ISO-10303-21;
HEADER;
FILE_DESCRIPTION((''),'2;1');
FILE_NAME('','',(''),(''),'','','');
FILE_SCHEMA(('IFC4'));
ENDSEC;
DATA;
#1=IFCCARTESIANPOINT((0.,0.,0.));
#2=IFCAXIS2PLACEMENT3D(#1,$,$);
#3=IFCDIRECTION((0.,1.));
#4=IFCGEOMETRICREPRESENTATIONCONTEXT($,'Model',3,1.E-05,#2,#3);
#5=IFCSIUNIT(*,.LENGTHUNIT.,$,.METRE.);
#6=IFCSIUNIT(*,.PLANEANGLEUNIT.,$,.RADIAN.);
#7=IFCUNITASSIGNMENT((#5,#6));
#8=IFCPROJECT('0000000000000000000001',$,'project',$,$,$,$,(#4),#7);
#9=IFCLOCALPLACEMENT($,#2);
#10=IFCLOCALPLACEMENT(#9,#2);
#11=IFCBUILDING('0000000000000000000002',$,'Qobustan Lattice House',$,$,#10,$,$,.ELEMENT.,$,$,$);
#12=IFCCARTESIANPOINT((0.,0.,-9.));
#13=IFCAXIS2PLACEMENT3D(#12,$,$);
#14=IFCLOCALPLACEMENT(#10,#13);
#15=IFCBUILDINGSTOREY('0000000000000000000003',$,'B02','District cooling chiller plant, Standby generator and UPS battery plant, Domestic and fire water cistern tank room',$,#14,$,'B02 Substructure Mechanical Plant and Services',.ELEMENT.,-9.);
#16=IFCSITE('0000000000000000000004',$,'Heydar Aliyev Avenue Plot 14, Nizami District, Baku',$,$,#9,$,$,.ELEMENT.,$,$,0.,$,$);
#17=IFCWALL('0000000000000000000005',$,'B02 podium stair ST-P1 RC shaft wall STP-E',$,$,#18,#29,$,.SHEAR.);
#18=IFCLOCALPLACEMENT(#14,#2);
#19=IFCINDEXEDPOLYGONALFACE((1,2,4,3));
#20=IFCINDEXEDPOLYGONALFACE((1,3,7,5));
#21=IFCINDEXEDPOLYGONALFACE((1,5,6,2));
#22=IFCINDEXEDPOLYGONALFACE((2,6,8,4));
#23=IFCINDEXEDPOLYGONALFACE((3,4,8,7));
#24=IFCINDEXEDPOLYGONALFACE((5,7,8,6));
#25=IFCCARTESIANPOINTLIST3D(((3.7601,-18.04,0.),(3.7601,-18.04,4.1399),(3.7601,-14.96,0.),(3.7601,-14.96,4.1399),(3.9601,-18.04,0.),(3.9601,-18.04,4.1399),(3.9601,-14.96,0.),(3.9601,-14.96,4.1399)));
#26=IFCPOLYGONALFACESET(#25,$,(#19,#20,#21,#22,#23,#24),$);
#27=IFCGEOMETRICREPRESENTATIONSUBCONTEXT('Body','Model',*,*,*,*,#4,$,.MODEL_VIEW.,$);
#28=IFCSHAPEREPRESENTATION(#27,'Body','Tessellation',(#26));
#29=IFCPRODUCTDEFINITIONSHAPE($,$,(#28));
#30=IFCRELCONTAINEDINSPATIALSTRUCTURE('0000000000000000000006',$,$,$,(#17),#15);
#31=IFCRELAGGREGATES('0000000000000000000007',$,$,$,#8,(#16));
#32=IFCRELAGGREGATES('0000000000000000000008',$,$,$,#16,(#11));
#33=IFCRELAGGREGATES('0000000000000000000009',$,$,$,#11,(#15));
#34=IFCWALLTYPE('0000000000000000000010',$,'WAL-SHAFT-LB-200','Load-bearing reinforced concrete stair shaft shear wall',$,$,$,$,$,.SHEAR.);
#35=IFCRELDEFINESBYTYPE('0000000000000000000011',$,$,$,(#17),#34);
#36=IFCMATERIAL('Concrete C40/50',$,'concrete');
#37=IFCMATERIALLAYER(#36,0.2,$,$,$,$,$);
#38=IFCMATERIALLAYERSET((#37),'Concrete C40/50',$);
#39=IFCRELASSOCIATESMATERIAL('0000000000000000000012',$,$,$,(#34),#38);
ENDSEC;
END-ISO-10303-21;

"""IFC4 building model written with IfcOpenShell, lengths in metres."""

from ifc_helpers import new_model, si_unit, direction, frame, frame_2d, origin, place, context, subcontext, project, spatial, rectangle, extrude, material, layer, layer_set, type_object, element, save


model = new_model("IFC4")

# Units and contexts
model_context = context("Model", 3, precision=1e-05, world=origin(), true_north=direction((0.0, 1.0)))
body_context = subcontext(model_context, "Body", "Model", "MODEL_VIEW")
ifc_project = project(units=[si_unit("LENGTHUNIT", "METRE"), si_unit("PLANEANGLEUNIT", "RADIAN")], contexts=[model_context])

# Site, building, storey
site_placement = place(None, origin())
site = spatial("IfcSite", under=ifc_project, at=site_placement, Name="Heydar Aliyev Avenue Plot 14, Nizami District, Baku", CompositionType="ELEMENT", RefElevation=0.0)
building_placement = place(site_placement, origin())
building = spatial("IfcBuilding", under=site, at=building_placement, Name="Qobustan Lattice House", CompositionType="ELEMENT")
storey_placement = place(building_placement, frame((0.0, 0.0, -9.0)))
storey = spatial("IfcBuildingStorey", under=building, at=storey_placement, Name="B02", Description="District cooling chiller plant, Standby generator and UPS battery plant, Domestic and fire water cistern tank room", LongName="B02 Substructure Mechanical Plant and Services", CompositionType="ELEMENT", Elevation=-9.0)

# Wall
ifc_material_1 = material(Name="Concrete C40/50", Category="concrete")
ifc_layer_1 = layer(ifc_material_1, 0.2)
ifc_layer_set_1 = layer_set([ifc_layer_1], Name="Concrete C40/50")
wall_type_1 = type_object("IfcWallType", Name="WAL-SHAFT-LB-200", Description="Load-bearing reinforced concrete stair shaft shear wall", PredefinedType="SHEAR", material=ifc_layer_set_1)
wall_1_placement = place(storey_placement, frame((3.8601, -18.04, 0.0), z_axis=(0.0, 0.0, 1.0), x_axis=(0.0, 1.0, 0.0)))
element("IfcWall", 1, at=wall_1_placement, inside=storey, type_object=wall_type_1, Name="B02 podium stair ST-P1 RC shaft wall STP-E", PredefinedType="SHEAR", context=body_context, shape_type="SweptSolid", body=[
    extrude(rectangle(XDim=3.0801, YDim=0.2, at=frame_2d((1.54, 0.0))), origin(), (0.0, 0.0, 1.0), 4.1399),
])

save(model, "model.ifc")
